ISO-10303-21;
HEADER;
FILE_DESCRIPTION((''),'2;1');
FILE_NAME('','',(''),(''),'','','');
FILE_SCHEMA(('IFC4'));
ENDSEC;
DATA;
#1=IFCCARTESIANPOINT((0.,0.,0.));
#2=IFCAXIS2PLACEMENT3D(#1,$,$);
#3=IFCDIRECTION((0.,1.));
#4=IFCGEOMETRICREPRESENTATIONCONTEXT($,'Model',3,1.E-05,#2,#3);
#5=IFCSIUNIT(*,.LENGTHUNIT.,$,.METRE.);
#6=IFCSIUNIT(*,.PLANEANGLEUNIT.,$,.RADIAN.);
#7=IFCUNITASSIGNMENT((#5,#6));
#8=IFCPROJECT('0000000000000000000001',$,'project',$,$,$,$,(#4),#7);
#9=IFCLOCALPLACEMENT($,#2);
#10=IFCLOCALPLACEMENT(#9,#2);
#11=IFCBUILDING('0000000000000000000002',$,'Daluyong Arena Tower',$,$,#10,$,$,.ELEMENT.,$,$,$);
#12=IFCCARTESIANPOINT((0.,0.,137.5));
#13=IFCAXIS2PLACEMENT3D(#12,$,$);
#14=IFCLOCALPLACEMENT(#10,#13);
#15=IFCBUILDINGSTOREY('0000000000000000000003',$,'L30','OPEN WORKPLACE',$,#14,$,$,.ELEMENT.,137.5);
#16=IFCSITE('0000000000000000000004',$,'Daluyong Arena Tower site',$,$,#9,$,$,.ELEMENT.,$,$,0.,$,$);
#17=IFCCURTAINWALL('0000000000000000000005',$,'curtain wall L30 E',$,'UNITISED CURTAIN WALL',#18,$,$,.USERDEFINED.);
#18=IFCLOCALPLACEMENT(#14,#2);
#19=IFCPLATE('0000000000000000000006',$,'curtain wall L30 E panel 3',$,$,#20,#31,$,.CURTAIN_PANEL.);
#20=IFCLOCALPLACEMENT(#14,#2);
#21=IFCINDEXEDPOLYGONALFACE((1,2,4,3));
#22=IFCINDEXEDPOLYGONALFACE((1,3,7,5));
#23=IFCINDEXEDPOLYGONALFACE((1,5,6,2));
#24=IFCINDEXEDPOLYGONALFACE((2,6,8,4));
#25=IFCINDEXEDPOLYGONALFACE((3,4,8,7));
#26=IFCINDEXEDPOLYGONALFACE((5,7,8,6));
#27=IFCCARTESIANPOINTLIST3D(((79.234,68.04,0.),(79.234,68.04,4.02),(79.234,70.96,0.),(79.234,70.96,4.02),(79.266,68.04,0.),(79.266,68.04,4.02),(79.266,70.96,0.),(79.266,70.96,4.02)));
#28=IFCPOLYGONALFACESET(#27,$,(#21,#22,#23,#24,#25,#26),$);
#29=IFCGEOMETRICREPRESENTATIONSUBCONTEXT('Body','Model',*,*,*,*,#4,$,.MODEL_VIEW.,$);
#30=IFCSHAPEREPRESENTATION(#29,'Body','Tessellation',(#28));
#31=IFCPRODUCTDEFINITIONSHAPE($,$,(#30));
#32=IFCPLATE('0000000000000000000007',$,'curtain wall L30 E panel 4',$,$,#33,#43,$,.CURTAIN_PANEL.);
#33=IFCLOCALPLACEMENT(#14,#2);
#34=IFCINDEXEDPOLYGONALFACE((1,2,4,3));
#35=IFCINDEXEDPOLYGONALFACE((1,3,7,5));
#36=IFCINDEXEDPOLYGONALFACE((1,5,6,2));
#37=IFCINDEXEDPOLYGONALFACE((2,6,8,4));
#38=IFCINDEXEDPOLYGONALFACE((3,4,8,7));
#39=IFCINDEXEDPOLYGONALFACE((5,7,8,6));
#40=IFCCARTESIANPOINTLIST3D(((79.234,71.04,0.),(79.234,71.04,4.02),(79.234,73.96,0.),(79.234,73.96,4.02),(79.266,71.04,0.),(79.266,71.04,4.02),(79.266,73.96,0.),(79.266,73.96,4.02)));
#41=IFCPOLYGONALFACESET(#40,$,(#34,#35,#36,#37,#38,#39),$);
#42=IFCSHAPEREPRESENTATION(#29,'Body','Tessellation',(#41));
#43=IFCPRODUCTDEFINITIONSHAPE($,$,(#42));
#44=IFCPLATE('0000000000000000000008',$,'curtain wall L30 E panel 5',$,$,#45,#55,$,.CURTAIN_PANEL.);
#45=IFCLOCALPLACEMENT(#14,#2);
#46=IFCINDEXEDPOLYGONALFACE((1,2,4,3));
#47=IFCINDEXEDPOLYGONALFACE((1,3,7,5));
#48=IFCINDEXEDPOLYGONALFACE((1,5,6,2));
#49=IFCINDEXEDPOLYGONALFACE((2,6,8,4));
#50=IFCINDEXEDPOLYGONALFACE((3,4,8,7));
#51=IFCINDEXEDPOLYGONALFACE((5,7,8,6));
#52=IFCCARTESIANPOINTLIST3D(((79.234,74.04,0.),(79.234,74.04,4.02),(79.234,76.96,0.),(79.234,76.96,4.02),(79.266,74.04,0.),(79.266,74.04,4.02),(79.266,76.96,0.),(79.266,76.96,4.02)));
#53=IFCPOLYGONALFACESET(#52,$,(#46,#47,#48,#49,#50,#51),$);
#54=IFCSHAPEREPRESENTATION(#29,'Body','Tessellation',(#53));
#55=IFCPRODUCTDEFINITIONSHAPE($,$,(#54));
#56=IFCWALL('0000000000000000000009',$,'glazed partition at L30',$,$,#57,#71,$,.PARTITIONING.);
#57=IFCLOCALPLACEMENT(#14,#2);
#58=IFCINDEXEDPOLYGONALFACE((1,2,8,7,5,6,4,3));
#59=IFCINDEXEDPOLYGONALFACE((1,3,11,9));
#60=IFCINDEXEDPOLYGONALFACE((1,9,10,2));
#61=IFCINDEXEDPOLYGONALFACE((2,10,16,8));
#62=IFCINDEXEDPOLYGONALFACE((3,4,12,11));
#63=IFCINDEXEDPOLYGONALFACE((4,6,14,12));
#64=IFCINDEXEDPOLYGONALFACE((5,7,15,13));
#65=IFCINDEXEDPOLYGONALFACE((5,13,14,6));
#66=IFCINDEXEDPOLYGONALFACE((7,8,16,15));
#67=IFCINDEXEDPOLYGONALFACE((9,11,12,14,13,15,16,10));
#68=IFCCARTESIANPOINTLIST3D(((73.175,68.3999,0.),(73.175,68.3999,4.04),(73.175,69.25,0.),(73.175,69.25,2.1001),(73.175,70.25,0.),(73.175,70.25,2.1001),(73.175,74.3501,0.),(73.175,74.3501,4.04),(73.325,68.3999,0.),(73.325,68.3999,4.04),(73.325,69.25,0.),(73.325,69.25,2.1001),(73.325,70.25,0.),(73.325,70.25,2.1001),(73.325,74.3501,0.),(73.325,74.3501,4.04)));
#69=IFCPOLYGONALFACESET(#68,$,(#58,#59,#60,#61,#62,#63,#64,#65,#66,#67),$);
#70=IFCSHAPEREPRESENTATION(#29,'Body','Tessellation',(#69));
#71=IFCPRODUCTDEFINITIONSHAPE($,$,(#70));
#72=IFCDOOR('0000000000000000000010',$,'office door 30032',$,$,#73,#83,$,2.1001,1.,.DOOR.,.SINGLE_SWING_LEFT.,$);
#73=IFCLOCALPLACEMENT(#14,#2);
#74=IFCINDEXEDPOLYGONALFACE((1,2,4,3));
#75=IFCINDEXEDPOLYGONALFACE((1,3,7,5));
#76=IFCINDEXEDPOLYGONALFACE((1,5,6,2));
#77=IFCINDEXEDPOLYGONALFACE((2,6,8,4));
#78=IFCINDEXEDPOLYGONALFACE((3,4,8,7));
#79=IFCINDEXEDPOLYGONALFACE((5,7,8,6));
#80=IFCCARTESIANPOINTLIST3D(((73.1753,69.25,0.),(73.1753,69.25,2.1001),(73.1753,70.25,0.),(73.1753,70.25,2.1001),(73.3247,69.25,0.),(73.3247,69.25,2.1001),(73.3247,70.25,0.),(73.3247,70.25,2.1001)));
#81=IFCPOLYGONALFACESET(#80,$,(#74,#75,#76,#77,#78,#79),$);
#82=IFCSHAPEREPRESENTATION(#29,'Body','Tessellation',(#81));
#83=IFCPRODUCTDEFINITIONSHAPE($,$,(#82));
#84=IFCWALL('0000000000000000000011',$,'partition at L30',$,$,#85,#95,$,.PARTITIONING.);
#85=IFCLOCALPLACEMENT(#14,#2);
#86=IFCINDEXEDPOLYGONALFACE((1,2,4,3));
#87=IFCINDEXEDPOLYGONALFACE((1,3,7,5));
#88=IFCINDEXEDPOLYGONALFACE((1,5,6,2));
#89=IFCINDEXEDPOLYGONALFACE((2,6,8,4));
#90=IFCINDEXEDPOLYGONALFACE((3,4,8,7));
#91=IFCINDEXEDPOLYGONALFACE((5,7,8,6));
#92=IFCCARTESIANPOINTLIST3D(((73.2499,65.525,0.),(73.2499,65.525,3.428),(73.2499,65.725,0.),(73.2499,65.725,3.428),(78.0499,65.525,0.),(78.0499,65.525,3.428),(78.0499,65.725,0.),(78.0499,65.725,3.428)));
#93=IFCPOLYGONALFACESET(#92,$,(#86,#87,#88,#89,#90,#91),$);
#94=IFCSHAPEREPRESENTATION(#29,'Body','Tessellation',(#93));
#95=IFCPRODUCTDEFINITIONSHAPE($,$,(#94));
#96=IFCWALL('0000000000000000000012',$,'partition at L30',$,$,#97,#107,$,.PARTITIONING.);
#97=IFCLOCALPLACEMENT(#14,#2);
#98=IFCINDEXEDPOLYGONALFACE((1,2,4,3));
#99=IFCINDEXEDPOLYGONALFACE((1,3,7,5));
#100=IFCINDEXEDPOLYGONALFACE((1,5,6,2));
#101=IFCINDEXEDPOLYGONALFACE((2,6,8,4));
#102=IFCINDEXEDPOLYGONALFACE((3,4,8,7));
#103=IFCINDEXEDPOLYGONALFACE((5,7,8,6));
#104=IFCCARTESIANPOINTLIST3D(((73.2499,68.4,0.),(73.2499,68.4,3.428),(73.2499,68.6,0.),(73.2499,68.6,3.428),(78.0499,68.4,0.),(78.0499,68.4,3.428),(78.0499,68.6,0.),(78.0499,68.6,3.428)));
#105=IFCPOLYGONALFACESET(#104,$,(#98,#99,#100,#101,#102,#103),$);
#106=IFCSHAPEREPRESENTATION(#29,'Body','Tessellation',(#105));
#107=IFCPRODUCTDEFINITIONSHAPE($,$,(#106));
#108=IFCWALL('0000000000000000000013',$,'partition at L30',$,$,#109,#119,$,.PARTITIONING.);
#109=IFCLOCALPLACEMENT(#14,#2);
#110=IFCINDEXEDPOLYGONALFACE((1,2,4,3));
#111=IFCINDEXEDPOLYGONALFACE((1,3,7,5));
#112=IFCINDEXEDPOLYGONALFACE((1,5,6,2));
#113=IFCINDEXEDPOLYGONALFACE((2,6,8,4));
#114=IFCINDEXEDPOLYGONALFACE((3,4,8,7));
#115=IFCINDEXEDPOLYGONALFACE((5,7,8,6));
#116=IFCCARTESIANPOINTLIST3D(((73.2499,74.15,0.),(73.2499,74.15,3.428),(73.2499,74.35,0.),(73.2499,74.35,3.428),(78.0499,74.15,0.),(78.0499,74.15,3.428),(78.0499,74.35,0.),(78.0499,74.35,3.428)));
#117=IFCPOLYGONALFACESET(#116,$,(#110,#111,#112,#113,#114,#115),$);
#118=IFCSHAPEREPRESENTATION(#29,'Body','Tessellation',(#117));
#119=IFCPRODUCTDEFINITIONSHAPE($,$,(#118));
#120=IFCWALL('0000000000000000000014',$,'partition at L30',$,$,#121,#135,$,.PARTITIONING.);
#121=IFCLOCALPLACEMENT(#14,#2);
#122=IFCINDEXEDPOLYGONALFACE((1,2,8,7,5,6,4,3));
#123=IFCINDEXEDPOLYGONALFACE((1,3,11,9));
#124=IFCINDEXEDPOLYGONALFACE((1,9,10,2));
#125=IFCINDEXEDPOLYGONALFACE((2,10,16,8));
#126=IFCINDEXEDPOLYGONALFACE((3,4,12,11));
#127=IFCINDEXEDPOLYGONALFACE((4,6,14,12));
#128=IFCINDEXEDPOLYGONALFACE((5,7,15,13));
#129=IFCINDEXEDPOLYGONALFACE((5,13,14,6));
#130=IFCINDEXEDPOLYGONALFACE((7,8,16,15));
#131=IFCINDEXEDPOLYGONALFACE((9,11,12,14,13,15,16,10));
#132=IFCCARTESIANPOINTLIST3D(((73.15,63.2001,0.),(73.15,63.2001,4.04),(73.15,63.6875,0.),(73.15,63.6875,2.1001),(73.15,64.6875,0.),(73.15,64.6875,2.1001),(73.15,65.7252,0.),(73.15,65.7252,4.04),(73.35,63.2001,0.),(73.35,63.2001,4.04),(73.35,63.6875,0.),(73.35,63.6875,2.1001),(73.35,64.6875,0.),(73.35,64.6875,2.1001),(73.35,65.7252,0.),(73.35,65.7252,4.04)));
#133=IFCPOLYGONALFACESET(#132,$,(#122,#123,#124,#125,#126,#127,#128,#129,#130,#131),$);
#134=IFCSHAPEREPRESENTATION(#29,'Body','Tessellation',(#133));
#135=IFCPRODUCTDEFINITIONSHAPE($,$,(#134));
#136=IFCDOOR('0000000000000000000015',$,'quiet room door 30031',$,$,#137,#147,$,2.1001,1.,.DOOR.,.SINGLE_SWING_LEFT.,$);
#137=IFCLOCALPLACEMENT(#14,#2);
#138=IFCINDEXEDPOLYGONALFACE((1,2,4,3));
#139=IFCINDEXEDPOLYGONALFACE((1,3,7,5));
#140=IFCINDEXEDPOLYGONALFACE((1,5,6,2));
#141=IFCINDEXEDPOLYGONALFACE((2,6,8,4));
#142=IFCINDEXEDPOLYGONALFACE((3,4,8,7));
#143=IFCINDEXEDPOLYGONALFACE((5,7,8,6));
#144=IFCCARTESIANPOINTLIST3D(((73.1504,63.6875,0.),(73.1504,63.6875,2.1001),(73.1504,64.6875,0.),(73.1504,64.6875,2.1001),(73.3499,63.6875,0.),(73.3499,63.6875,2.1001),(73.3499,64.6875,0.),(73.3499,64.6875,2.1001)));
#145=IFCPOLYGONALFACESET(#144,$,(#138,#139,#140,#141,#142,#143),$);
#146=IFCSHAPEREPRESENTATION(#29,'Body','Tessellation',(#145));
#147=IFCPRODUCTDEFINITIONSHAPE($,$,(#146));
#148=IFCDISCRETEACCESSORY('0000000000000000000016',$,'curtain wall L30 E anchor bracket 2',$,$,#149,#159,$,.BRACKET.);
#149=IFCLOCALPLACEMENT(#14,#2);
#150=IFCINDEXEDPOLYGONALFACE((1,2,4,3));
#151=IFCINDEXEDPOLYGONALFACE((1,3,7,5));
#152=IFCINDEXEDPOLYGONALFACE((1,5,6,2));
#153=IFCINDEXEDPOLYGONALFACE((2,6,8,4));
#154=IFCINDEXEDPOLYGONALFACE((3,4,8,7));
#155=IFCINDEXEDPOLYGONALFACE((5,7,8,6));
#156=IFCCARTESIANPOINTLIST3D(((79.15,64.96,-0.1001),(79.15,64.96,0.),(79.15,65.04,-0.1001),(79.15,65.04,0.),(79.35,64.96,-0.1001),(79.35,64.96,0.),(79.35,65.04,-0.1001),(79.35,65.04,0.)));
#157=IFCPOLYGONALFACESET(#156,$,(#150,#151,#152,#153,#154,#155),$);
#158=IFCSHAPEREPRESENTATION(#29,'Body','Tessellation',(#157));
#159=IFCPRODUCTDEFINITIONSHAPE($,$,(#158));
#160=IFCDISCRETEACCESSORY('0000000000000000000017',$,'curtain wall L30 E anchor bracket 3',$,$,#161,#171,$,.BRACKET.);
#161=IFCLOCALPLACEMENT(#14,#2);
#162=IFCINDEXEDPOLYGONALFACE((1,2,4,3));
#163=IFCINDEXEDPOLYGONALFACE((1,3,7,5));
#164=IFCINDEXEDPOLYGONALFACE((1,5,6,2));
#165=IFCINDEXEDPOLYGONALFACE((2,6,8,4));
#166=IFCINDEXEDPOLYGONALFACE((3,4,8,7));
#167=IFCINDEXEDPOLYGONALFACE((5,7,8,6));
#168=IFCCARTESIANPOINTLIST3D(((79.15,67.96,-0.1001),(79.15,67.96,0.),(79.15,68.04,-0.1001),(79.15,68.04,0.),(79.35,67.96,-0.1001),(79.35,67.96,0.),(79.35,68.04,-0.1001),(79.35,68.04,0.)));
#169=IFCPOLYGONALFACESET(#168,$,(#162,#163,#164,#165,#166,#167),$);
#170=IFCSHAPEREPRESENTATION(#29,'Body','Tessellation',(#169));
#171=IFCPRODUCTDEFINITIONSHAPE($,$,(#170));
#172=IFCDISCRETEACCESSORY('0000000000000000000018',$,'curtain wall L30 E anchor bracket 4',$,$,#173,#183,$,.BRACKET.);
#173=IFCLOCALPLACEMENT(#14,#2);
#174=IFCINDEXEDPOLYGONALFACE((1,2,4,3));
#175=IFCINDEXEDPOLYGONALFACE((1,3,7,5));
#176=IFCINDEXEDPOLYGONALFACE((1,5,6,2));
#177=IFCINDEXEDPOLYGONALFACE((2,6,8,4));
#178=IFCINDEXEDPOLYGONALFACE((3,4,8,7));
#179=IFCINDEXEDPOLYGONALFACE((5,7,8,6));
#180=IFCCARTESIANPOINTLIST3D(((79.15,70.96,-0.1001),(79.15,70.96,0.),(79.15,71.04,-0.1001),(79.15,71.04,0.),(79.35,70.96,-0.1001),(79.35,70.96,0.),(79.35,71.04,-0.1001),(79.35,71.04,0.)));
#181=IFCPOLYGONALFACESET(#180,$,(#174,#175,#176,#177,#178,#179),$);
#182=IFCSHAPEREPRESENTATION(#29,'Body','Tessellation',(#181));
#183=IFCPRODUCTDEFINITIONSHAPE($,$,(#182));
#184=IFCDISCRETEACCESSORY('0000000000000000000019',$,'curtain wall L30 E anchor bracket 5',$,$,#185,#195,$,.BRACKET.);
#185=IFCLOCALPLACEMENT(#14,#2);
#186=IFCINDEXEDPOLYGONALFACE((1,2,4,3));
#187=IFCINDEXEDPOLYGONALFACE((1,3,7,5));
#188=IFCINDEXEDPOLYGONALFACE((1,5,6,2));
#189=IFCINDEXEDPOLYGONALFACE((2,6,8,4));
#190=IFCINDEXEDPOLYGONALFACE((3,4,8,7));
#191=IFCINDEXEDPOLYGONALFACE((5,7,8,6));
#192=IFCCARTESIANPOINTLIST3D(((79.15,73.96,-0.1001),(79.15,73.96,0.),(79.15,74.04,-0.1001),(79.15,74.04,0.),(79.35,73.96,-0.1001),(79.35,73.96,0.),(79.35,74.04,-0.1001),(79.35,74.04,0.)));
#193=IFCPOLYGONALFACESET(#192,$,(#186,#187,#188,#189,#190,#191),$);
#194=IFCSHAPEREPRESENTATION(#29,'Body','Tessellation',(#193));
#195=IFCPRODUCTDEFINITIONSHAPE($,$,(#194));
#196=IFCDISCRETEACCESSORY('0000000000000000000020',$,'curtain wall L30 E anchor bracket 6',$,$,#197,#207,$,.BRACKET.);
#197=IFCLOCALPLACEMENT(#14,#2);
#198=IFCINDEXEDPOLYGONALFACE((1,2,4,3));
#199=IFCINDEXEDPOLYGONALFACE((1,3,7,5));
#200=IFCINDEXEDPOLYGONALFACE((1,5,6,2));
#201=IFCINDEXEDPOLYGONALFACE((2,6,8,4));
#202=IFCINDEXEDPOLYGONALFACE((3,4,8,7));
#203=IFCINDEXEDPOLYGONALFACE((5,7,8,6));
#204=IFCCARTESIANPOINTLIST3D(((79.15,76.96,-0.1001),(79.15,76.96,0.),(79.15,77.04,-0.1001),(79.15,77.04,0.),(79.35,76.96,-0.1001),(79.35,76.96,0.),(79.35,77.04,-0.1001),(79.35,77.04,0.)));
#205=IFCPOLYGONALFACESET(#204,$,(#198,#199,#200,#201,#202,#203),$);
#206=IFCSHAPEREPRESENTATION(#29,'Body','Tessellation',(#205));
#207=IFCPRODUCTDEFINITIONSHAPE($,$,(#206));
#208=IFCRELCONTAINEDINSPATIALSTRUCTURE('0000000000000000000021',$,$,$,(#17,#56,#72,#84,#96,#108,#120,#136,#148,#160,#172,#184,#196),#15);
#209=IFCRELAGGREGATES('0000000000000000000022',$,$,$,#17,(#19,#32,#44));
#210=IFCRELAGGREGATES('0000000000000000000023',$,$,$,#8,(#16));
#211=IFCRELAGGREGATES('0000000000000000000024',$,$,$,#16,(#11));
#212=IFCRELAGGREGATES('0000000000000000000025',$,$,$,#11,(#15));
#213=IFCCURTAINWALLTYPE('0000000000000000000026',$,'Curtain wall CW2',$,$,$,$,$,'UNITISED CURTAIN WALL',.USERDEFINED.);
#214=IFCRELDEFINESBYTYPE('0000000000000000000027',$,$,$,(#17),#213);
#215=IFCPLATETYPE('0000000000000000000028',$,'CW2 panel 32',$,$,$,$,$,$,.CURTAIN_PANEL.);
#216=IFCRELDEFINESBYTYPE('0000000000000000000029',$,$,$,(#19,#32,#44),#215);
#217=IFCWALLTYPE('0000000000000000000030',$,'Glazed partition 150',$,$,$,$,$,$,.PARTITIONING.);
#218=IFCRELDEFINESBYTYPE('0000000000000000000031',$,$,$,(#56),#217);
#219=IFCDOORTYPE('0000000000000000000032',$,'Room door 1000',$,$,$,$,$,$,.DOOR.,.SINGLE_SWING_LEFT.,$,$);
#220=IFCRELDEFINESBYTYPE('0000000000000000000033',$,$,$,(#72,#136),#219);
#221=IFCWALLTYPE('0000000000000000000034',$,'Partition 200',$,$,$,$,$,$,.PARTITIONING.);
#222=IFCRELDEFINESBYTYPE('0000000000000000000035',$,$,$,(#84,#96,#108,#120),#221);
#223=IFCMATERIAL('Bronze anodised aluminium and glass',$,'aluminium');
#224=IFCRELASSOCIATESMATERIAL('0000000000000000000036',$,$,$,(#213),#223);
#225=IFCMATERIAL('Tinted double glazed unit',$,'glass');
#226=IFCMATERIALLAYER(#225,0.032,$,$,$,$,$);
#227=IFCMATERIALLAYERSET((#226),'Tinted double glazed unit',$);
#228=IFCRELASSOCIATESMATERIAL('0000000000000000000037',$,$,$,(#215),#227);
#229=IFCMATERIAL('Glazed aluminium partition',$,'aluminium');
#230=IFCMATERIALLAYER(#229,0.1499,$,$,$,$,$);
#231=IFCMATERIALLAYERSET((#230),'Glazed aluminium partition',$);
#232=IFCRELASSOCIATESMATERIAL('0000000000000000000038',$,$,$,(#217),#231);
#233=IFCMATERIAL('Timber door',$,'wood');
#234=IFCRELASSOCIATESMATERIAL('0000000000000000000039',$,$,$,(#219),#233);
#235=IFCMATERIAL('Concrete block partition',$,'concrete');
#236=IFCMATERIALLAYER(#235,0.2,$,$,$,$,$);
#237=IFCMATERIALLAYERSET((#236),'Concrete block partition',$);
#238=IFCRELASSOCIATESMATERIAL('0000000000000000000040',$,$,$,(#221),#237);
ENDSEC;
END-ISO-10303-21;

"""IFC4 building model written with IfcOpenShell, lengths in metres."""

from ifc_helpers import new_model, si_unit, direction, frame, frame_2d, origin, origin_2d, place, context, subcontext, project, spatial, rectangle, extrude, material, layer, layer_set, type_object, element, fill, aggregate, save


model = new_model("IFC4")

# Units and contexts
model_context = context("Model", 3, precision=1e-05, world=origin(), true_north=direction((0.0, 1.0)))
body_context = subcontext(model_context, "Body", "Model", "MODEL_VIEW")
ifc_project = project(units=[si_unit("LENGTHUNIT", "METRE"), si_unit("PLANEANGLEUNIT", "RADIAN")], contexts=[model_context])

# Site, building, storey
site_placement = place(None, origin())
site = spatial("IfcSite", under=ifc_project, at=site_placement, Name="Daluyong Arena Tower site", CompositionType="ELEMENT", RefElevation=0.0)
building_placement = place(site_placement, origin())
building = spatial("IfcBuilding", under=site, at=building_placement, Name="Daluyong Arena Tower", CompositionType="ELEMENT")
storey_placement = place(building_placement, frame((0.0, 0.0, 137.5)))
storey = spatial("IfcBuildingStorey", under=building, at=storey_placement, Name="L30", Description="OPEN WORKPLACE", CompositionType="ELEMENT", Elevation=137.5)

# Curtain wall
ifc_material_1 = material(Name="Bronze anodised aluminium and glass", Category="aluminium")
curtain_wall_type = type_object("IfcCurtainWallType", Name="Curtain wall CW2", ElementType="UNITISED CURTAIN WALL", PredefinedType="USERDEFINED", material=ifc_material_1)
curtain_wall_placement = place(storey_placement, origin())
curtain_wall = element("IfcCurtainWall", 1, at=curtain_wall_placement, inside=storey, type_object=curtain_wall_type, Name="curtain wall L30 E", ObjectType="UNITISED CURTAIN WALL", PredefinedType="USERDEFINED")

# Plates
ifc_material_2 = material(Name="Tinted double glazed unit", Category="glass")
ifc_layer_1 = layer(ifc_material_2, 0.032)
ifc_layer_set_1 = layer_set([ifc_layer_1], Name="Tinted double glazed unit")
plate_type = type_object("IfcPlateType", Name="CW2 panel 32", PredefinedType="CURTAIN_PANEL", material=ifc_layer_set_1)
plate_1_placement = place(storey_placement, frame((79.25, 69.5, 0.0), z_axis=(0.0, 0.0, 1.0), x_axis=(0.0, 1.0, 0.0)))
plate_1 = element("IfcPlate", 2, at=plate_1_placement, type_object=plate_type, Name="curtain wall L30 E panel 3", PredefinedType="CURTAIN_PANEL", context=body_context, shape_type="SweptSolid", body=[
    extrude(rectangle(XDim=2.9199, YDim=0.032, at=origin_2d()), origin(), (0.0, 0.0, 1.0), 4.02),
])
plate_2_placement = place(storey_placement, frame((79.25, 72.5, 0.0), z_axis=(0.0, 0.0, 1.0), x_axis=(0.0, 1.0, 0.0)))
plate_2 = element("IfcPlate", 3, at=plate_2_placement, type_object=plate_type, Name="curtain wall L30 E panel 4", PredefinedType="CURTAIN_PANEL", context=body_context, shape_type="SweptSolid", body=[
    extrude(rectangle(XDim=2.9199, YDim=0.032, at=origin_2d()), origin(), (0.0, 0.0, 1.0), 4.02),
])
plate_3_placement = place(storey_placement, frame((79.25, 75.5, 0.0), z_axis=(0.0, 0.0, 1.0), x_axis=(0.0, 1.0, 0.0)))
plate_3 = element("IfcPlate", 4, at=plate_3_placement, type_object=plate_type, Name="curtain wall L30 E panel 5", PredefinedType="CURTAIN_PANEL", context=body_context, shape_type="SweptSolid", body=[
    extrude(rectangle(XDim=2.9199, YDim=0.032, at=origin_2d()), origin(), (0.0, 0.0, 1.0), 4.02),
])
aggregate(curtain_wall, [plate_1, plate_2, plate_3])

# Wall, opening, door
ifc_material_3 = material(Name="Glazed aluminium partition", Category="aluminium")
ifc_layer_2 = layer(ifc_material_3, 0.1499)
ifc_layer_set_2 = layer_set([ifc_layer_2], Name="Glazed aluminium partition")
wall_type_1 = type_object("IfcWallType", Name="Glazed partition 150", PredefinedType="PARTITIONING", material=ifc_layer_set_2)
wall_1_placement = place(storey_placement, frame((73.25, 68.3999, 0.0), z_axis=(0.0, 0.0, 1.0), x_axis=(0.0, 1.0, 0.0)))
wall_1 = element("IfcWall", 5, at=wall_1_placement, inside=storey, type_object=wall_type_1, Name="glazed partition at L30", PredefinedType="PARTITIONING", context=body_context, shape_type="SweptSolid", body=[
    extrude(rectangle(XDim=5.9502, YDim=0.1499, at=frame_2d((2.9751, 0.0))), origin(), (0.0, 0.0, 1.0), 4.04),
])
opening_1_placement = place(wall_1_placement, frame((0.8501, 0.0, 0.0)))
opening_1 = element("IfcOpeningElement", 6, at=opening_1_placement, cuts=wall_1, PredefinedType="OPENING", context=body_context, shape_type="SweptSolid", body=[
    extrude(rectangle(XDim=1.0, YDim=2.1001, at=frame_2d((0.5, 1.05))), frame((0.0, 0.085, 0.0), z_axis=(0.0, -1.0, 0.0), x_axis=(1.0, 0.0, 0.0)), (0.0, 0.0, 1.0), 0.1699),
])
ifc_material_4 = material(Name="Timber door", Category="wood")
door_type = type_object("IfcDoorType", Name="Room door 1000", OperationType="SINGLE_SWING_LEFT", PredefinedType="DOOR", material=ifc_material_4)
door_1_placement = place(opening_1_placement, origin())
door_1 = element("IfcDoor", 7, at=door_1_placement, inside=storey, type_object=door_type, Name="office door 30032", OperationType="SINGLE_SWING_LEFT", OverallHeight=2.1001, OverallWidth=1.0, PredefinedType="DOOR", context=body_context, shape_type="SweptSolid", body=[
    extrude(rectangle(XDim=1.0, YDim=2.1001, at=frame_2d((0.5, 1.05))), frame((0.0, 0.0747, 0.0), z_axis=(0.0, -1.0, 0.0), x_axis=(1.0, 0.0, 0.0)), (0.0, 0.0, 1.0), 0.1494),
])
fill(opening_1, door_1)

# Walls
ifc_material_5 = material(Name="Concrete block partition", Category="concrete")
ifc_layer_3 = layer(ifc_material_5, 0.2)
ifc_layer_set_3 = layer_set([ifc_layer_3], Name="Concrete block partition")
wall_type_2 = type_object("IfcWallType", Name="Partition 200", PredefinedType="PARTITIONING", material=ifc_layer_set_3)
for number, where, z_axis, x_axis, name in (
    (8, (73.25, 65.625, 0.0), (0.0, 0.0, 1.0), (1.0, 0.0, 0.0), "partition at L30"),
    (9, (73.25, 68.5, 0.0), (0.0, 0.0, 1.0), (1.0, 0.0, 0.0), "partition at L30"),
    (10, (73.25, 74.25, 0.0), (0.0, 0.0, 1.0), (1.0, 0.0, 0.0), "partition at L30"),
):
    element("IfcWall", number, at=place(storey_placement, frame(where, z_axis=z_axis, x_axis=x_axis)), inside=storey, type_object=wall_type_2, Name=name, PredefinedType="PARTITIONING", context=body_context, shape_type="SweptSolid", body=[
        extrude(rectangle(XDim=4.8, YDim=0.2, at=frame_2d((2.3999, 0.0))), origin(), (0.0, 0.0, 1.0), 3.428),
    ])

# Wall, opening, door
wall_2_placement = place(storey_placement, frame((73.25, 63.2, 0.0), z_axis=(0.0, 0.0, 1.0), x_axis=(0.0, 1.0, 0.0)))
wall_2 = element("IfcWall", 11, at=wall_2_placement, inside=storey, type_object=wall_type_2, Name="partition at L30", PredefinedType="PARTITIONING", context=body_context, shape_type="SweptSolid", body=[
    extrude(rectangle(XDim=2.5251, YDim=0.2, at=frame_2d((1.2627, 0.0))), origin(), (0.0, 0.0, 1.0), 4.04),
])
opening_2_placement = place(wall_2_placement, frame((0.4875, 0.0, 0.0)))
opening_2 = element("IfcOpeningElement", 12, at=opening_2_placement, cuts=wall_2, PredefinedType="OPENING", context=body_context, shape_type="SweptSolid", body=[
    extrude(rectangle(XDim=1.0, YDim=2.1001, at=frame_2d((0.5, 1.05))), frame((0.0, 0.1099, 0.0), z_axis=(0.0, -1.0, 0.0), x_axis=(1.0, 0.0, 0.0)), (0.0, 0.0, 1.0), 0.22),
])
door_2_placement = place(opening_2_placement, origin())
door_2 = element("IfcDoor", 13, at=door_2_placement, inside=storey, type_object=door_type, Name="quiet room door 30031", OperationType="SINGLE_SWING_LEFT", OverallHeight=2.1001, OverallWidth=1.0, PredefinedType="DOOR", context=body_context, shape_type="SweptSolid", body=[
    extrude(rectangle(XDim=1.0, YDim=2.1001, at=frame_2d((0.5, 1.05))), frame((0.0, 0.0996, 0.0), z_axis=(0.0, -1.0, 0.0), x_axis=(1.0, 0.0, 0.0)), (0.0, 0.0, 1.0), 0.1995),
])
fill(opening_2, door_2)

# Discrete accessories
for number, where, z_axis, x_axis, name in (
    (14, (79.25, 65.0, -0.1001), (0.0, 0.0, 1.0), (0.0, 1.0, 0.0), "curtain wall L30 E anchor bracket 2"),
    (15, (79.25, 68.0, -0.1001), (0.0, 0.0, 1.0), (0.0, 1.0, 0.0), "curtain wall L30 E anchor bracket 3"),
    (16, (79.25, 71.0, -0.1001), (0.0, 0.0, 1.0), (0.0, 1.0, 0.0), "curtain wall L30 E anchor bracket 4"),
    (17, (79.25, 74.0, -0.1001), (0.0, 0.0, 1.0), (0.0, 1.0, 0.0), "curtain wall L30 E anchor bracket 5"),
    (18, (79.25, 77.0, -0.1001), (0.0, 0.0, 1.0), (0.0, 1.0, 0.0), "curtain wall L30 E anchor bracket 6"),
):
    element("IfcDiscreteAccessory", number, at=place(storey_placement, frame(where, z_axis=z_axis, x_axis=x_axis)), inside=storey, Name=name, PredefinedType="BRACKET", context=body_context, shape_type="SweptSolid", body=[
        extrude(rectangle(XDim=0.0801, YDim=0.2, at=origin_2d()), origin(), (0.0, 0.0, 1.0), 0.1001),
    ])

save(model, "model.ifc")
